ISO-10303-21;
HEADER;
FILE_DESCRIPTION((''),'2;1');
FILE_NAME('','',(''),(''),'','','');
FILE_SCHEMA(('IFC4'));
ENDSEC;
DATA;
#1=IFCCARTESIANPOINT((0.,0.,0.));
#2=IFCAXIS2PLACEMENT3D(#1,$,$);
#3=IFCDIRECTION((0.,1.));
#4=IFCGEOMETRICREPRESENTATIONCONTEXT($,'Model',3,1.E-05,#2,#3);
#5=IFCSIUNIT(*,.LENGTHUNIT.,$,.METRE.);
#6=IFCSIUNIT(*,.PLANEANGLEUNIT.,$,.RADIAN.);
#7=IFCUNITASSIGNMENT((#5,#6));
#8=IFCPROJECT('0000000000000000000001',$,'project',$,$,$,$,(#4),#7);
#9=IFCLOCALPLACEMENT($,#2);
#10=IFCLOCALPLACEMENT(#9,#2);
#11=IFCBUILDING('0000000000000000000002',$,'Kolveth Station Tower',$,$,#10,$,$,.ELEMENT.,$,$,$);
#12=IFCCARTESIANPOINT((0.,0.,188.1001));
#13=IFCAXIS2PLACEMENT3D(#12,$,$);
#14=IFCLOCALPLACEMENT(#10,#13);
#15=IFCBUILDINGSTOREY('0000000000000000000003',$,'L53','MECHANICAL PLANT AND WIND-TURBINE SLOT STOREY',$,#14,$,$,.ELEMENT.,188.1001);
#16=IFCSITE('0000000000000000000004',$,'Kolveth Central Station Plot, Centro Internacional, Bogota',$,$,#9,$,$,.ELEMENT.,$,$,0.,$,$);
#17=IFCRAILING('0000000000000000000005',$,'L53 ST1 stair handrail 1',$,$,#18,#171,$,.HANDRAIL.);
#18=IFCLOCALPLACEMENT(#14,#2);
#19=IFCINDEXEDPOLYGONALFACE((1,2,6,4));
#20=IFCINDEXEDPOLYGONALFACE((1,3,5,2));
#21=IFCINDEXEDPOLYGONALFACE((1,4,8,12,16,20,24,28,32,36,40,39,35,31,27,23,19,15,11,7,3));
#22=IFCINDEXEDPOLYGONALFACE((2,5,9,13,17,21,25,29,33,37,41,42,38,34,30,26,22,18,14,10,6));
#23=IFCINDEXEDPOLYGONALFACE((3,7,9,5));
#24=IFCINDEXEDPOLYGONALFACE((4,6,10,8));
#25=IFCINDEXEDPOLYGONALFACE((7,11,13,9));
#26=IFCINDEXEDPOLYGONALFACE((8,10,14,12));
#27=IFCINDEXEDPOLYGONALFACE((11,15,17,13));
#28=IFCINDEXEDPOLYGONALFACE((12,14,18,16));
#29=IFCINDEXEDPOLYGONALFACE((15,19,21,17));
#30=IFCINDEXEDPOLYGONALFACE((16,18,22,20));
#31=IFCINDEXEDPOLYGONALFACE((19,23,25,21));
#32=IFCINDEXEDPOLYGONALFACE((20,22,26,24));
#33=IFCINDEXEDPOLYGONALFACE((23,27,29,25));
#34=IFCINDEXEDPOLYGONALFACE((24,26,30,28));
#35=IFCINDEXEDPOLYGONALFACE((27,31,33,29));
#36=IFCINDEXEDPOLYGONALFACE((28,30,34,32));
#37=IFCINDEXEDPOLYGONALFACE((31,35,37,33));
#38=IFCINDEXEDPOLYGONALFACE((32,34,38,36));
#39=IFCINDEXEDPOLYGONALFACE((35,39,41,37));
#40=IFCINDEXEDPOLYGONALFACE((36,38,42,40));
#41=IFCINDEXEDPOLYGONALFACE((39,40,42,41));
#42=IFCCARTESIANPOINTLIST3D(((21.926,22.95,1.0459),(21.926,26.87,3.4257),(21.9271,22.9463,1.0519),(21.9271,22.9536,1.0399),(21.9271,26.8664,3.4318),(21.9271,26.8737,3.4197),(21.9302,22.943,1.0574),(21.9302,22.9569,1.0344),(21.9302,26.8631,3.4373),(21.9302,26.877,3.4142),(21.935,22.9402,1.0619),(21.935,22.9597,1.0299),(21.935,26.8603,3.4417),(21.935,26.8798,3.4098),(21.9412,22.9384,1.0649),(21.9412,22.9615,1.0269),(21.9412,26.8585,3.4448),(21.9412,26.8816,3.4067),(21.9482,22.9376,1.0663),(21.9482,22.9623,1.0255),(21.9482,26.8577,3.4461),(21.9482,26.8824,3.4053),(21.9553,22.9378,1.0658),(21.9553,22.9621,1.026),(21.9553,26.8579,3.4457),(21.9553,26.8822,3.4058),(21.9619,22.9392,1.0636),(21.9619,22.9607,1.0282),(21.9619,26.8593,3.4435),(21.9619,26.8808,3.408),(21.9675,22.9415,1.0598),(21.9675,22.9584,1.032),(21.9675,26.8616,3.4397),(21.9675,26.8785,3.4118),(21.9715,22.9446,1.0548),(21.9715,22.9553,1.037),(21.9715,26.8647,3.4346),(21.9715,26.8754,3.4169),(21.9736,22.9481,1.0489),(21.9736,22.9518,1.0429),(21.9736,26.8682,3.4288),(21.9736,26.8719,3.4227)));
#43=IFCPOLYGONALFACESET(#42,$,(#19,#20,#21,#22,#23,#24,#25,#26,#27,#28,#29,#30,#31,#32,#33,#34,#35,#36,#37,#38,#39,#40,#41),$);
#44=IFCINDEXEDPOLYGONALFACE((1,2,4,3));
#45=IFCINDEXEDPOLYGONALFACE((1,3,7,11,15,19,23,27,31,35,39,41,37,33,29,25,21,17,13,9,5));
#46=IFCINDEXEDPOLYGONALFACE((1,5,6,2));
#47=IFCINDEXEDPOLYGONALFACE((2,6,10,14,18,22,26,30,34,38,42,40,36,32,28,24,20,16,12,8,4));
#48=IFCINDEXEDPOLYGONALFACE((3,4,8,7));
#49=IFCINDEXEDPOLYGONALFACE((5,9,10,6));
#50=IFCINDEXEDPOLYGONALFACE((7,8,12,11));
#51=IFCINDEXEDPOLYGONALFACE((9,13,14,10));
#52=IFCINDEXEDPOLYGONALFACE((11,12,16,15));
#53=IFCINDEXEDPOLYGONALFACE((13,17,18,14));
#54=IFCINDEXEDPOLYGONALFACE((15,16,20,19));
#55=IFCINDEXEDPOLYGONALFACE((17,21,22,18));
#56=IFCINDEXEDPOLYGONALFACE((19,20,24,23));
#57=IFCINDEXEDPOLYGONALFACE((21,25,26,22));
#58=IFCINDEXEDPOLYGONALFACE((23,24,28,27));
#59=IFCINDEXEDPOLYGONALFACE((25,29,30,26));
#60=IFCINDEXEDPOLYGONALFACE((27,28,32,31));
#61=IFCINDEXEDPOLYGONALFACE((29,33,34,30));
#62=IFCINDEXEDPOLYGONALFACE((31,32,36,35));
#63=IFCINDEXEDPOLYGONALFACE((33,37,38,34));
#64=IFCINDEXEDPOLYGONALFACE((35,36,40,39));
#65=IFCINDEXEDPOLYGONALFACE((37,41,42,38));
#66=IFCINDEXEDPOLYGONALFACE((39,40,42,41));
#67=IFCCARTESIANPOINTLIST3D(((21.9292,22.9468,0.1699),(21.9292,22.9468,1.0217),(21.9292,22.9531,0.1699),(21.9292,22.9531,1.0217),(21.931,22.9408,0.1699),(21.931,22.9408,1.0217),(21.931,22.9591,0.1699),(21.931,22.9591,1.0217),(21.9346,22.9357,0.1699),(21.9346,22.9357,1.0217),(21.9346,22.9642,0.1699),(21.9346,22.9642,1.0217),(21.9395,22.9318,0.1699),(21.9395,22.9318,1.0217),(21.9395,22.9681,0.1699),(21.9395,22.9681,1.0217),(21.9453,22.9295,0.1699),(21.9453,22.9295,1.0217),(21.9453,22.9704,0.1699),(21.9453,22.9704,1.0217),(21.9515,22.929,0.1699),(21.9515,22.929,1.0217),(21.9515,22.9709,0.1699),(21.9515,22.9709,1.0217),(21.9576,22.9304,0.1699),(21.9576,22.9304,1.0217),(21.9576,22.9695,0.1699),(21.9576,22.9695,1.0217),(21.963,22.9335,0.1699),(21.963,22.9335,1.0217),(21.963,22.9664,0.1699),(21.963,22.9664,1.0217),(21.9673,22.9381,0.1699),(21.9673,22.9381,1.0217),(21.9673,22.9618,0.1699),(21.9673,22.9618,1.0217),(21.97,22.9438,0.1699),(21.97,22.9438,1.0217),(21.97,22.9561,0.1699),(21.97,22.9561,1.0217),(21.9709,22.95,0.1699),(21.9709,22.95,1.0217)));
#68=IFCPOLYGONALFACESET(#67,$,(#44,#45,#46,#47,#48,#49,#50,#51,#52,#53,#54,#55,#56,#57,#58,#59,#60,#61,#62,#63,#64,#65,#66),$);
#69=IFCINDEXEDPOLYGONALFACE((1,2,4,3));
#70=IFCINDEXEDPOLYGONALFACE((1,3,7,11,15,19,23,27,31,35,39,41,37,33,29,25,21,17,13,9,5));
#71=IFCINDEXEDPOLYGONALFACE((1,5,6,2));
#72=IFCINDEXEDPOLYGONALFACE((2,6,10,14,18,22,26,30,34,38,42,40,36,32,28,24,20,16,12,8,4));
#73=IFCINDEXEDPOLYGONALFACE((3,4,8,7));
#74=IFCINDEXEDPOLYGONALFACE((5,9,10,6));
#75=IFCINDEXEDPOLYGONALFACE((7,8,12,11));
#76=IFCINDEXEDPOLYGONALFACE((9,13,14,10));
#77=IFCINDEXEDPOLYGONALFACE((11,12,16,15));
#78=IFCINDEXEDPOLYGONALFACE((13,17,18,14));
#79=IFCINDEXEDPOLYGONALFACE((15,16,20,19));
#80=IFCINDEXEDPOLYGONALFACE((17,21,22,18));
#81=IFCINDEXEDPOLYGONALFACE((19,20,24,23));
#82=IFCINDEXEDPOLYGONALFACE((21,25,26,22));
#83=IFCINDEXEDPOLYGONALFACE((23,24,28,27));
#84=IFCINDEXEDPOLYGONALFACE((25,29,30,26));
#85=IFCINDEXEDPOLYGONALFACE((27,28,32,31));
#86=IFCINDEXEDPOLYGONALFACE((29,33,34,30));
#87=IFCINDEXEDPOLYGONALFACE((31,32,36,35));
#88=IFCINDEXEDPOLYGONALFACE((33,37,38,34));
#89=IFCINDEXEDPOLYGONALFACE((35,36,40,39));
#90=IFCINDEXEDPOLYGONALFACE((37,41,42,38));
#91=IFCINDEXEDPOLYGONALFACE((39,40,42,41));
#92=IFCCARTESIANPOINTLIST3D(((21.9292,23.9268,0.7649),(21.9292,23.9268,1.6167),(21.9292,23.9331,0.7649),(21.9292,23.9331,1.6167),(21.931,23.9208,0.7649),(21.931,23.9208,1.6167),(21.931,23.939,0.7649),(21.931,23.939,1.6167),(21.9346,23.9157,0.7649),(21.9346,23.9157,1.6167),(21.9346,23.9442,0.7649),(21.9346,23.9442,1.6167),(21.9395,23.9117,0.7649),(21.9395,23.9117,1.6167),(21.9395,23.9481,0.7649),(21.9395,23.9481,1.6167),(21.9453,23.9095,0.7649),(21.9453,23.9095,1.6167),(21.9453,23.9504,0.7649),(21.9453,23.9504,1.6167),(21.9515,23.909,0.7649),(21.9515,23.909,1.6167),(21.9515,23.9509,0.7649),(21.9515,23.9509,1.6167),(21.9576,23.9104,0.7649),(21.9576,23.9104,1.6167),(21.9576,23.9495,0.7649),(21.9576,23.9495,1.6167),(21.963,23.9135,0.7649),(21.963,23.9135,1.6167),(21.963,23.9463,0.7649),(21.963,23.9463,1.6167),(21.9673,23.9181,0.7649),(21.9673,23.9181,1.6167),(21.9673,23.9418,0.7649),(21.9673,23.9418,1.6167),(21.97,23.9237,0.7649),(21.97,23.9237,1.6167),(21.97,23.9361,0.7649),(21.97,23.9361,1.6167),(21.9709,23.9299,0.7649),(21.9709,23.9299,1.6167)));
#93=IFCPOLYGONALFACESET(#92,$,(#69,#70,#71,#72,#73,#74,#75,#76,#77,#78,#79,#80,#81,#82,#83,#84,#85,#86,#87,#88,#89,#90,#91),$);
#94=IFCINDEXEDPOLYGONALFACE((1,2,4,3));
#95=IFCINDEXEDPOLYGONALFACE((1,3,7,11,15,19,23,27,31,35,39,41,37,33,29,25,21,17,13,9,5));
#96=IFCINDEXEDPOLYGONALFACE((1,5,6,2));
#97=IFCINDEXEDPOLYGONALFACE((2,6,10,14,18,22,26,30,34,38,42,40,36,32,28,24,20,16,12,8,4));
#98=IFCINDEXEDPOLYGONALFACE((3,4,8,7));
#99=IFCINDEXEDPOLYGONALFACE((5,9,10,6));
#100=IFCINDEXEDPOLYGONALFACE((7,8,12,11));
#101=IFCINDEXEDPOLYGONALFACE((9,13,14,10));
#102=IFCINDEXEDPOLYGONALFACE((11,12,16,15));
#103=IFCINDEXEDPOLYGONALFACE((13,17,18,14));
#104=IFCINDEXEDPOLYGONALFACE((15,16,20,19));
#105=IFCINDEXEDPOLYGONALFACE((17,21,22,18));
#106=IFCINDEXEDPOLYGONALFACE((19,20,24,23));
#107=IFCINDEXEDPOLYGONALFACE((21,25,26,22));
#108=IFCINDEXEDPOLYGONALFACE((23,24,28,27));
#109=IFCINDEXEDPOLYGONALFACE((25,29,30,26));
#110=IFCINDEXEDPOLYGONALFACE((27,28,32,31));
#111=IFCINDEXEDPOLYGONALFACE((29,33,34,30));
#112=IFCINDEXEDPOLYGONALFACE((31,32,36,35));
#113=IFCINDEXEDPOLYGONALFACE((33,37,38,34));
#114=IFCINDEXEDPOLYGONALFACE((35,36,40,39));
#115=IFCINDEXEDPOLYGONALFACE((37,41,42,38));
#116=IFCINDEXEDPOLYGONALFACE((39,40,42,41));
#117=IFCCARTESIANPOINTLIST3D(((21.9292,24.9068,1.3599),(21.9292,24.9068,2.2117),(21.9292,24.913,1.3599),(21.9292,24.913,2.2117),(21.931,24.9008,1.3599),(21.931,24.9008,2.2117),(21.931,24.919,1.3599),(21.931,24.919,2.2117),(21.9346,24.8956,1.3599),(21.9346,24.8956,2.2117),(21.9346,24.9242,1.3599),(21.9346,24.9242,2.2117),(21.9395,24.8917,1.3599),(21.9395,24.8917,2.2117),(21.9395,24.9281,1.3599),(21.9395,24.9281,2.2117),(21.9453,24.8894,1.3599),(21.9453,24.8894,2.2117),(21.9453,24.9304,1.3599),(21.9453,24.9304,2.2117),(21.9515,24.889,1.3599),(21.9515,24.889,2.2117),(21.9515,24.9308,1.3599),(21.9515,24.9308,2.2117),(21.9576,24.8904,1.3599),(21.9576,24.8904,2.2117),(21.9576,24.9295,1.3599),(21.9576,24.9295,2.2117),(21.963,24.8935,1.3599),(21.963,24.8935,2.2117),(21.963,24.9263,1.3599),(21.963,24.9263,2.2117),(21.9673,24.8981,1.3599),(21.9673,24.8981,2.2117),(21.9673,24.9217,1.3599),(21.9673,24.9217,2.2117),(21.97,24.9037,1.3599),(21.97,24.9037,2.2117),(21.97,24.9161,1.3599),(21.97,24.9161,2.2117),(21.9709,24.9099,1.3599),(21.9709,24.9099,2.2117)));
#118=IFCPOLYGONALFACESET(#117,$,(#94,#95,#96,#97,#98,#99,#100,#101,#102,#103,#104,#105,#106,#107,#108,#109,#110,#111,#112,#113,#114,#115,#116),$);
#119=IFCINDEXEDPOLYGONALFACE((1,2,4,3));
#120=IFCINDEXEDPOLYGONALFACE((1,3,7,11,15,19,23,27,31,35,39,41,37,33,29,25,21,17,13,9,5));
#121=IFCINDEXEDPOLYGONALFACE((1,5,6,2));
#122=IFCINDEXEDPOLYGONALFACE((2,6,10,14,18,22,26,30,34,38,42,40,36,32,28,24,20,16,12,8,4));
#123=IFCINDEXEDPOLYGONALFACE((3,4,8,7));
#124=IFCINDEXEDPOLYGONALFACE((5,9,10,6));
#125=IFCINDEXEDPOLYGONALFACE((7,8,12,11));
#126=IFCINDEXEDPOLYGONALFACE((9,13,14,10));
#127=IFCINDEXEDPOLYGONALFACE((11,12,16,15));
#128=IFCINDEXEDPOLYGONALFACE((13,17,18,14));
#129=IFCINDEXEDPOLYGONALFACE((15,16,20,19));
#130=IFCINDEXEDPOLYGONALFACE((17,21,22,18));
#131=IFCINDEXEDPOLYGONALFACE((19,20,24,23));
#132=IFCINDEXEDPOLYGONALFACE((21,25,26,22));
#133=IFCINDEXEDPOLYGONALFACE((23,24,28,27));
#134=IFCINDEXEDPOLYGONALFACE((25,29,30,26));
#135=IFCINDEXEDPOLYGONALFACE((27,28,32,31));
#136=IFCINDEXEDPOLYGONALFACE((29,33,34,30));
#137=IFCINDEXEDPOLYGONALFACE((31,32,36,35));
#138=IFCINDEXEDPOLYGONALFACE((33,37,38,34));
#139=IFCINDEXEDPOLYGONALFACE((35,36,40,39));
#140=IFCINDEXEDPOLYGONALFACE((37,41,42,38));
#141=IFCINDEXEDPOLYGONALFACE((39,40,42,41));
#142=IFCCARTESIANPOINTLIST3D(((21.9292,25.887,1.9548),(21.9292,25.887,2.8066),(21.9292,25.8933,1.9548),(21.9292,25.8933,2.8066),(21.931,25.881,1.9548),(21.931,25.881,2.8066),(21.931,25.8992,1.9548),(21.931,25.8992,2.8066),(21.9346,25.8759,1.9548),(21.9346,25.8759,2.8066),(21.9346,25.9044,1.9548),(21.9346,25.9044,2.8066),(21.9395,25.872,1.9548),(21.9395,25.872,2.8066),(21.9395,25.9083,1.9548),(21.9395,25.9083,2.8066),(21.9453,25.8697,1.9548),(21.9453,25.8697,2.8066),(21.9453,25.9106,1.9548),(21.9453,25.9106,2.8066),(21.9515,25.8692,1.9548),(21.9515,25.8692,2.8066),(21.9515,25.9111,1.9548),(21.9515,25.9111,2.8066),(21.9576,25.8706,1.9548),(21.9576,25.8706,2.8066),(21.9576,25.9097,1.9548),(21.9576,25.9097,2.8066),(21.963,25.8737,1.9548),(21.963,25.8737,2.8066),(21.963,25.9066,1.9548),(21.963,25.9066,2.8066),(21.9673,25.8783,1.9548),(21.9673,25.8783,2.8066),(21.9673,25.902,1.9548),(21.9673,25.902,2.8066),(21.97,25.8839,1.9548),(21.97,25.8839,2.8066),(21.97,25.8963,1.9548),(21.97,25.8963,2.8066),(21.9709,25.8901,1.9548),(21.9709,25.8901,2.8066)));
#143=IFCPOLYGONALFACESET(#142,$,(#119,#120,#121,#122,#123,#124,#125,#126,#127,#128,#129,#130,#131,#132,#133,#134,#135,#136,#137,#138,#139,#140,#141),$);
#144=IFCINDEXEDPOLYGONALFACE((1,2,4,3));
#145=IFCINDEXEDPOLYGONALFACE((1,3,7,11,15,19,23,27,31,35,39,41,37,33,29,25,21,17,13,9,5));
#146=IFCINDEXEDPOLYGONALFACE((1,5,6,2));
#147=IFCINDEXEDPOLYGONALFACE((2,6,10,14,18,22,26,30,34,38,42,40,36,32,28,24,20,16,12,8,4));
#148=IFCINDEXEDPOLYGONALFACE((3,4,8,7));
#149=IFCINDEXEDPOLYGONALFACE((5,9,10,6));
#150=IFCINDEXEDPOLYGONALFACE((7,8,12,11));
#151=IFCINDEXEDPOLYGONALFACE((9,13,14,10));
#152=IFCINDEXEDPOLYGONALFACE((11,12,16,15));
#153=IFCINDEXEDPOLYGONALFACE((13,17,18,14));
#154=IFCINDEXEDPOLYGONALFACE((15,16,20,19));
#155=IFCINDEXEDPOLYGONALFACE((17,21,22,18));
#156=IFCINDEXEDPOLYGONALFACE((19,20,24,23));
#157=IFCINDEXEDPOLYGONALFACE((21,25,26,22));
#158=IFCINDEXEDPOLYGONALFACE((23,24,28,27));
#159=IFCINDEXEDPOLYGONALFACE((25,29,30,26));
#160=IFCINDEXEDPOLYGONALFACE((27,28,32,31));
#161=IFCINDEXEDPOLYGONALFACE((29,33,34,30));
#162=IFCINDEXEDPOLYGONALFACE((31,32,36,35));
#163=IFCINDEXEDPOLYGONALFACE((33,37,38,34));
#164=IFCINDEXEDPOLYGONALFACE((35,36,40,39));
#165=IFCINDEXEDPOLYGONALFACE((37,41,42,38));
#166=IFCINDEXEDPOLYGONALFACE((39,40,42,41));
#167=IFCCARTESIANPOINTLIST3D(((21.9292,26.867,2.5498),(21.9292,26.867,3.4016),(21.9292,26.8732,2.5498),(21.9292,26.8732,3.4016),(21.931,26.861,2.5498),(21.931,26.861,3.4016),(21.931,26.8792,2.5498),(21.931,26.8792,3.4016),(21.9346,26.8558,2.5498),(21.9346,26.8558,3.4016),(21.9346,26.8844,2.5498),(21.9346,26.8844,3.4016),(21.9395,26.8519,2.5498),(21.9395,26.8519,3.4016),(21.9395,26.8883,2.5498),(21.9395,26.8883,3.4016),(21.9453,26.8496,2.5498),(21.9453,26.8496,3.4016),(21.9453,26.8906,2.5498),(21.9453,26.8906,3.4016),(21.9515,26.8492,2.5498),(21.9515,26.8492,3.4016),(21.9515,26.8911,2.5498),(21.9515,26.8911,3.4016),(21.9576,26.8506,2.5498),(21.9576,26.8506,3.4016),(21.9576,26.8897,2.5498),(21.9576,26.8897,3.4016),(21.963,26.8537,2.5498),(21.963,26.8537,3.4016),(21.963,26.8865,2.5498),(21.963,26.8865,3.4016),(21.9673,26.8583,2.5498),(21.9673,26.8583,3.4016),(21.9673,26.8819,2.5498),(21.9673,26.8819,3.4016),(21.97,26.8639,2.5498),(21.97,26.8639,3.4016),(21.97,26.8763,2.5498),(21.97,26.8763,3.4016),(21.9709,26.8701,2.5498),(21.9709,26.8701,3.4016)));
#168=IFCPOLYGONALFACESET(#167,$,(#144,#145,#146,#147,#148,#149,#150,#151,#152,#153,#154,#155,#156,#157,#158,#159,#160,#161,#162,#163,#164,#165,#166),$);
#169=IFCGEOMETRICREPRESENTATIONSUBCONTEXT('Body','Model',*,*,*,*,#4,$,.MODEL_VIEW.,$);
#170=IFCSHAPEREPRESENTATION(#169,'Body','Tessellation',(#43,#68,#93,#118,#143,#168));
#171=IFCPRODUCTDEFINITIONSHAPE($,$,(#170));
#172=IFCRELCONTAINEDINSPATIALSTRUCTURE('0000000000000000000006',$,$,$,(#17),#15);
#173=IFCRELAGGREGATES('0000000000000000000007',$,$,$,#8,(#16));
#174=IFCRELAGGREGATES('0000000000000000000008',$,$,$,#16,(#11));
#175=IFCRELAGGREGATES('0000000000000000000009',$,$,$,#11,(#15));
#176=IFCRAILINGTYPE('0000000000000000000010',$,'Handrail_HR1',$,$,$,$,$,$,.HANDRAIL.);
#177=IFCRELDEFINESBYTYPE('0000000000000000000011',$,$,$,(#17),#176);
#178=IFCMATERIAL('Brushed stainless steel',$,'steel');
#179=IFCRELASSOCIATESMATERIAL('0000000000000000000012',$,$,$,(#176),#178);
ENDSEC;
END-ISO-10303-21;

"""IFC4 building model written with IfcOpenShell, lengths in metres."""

from ifc_helpers import new_model, si_unit, direction, frame, origin, origin_2d, place, context, subcontext, project, spatial, circle, extrude, material, type_object, element, save


model = new_model("IFC4")

# Units and contexts
model_context = context("Model", 3, precision=1e-05, world=origin(), true_north=direction((0.0, 1.0)))
body_context = subcontext(model_context, "Body", "Model", "MODEL_VIEW")
ifc_project = project(units=[si_unit("LENGTHUNIT", "METRE"), si_unit("PLANEANGLEUNIT", "RADIAN")], contexts=[model_context])

# Site, building, storey
site_placement = place(None, origin())
site = spatial("IfcSite", under=ifc_project, at=site_placement, Name="Kolveth Central Station Plot, Centro Internacional, Bogota", CompositionType="ELEMENT", RefElevation=0.0)
building_placement = place(site_placement, origin())
building = spatial("IfcBuilding", under=site, at=building_placement, Name="Kolveth Station Tower", CompositionType="ELEMENT")
storey_placement = place(building_placement, frame((0.0, 0.0, 188.1001)))
storey = spatial("IfcBuildingStorey", under=building, at=storey_placement, Name="L53", Description="MECHANICAL PLANT AND WIND-TURBINE SLOT STOREY", CompositionType="ELEMENT", Elevation=188.1001)

# Railing
ifc_material_1 = material(Name="Brushed stainless steel", Category="steel")
railing_type_1 = type_object("IfcRailingType", Name="Handrail_HR1", PredefinedType="HANDRAIL", material=ifc_material_1)
railing_1_placement = place(storey_placement, frame((21.95, 22.95, 0.1699)))
element("IfcRailing", 1, at=railing_1_placement, inside=storey, type_object=railing_type_1, Name="L53 ST1 stair handrail 1", PredefinedType="HANDRAIL", context=body_context, shape_type="SweptSolid", body=[
    extrude(circle(Radius=0.0239, at=origin_2d()), frame((0.0, 0.0, 0.876), z_axis=(0.0, 0.854809, 0.518943), x_axis=(-1.0, 0.0, 0.0)), (0.0, 0.0, 1.0), 4.5859),
    extrude(circle(Radius=0.021, at=origin_2d()), origin(), (0.0, 0.0, 1.0), 0.8518),
    extrude(circle(Radius=0.021, at=origin_2d()), frame((0.0, 0.98, 0.595)), (0.0, 0.0, 1.0), 0.8518),
    extrude(circle(Radius=0.021, at=origin_2d()), frame((0.0, 1.96, 1.1899)), (0.0, 0.0, 1.0), 0.8518),
    extrude(circle(Radius=0.021, at=origin_2d()), frame((0.0, 2.9402, 1.7849)), (0.0, 0.0, 1.0), 0.8518),
    extrude(circle(Radius=0.021, at=origin_2d()), frame((0.0, 3.9202, 2.3799)), (0.0, 0.0, 1.0), 0.8518),
])

save(model, "model.ifc")
